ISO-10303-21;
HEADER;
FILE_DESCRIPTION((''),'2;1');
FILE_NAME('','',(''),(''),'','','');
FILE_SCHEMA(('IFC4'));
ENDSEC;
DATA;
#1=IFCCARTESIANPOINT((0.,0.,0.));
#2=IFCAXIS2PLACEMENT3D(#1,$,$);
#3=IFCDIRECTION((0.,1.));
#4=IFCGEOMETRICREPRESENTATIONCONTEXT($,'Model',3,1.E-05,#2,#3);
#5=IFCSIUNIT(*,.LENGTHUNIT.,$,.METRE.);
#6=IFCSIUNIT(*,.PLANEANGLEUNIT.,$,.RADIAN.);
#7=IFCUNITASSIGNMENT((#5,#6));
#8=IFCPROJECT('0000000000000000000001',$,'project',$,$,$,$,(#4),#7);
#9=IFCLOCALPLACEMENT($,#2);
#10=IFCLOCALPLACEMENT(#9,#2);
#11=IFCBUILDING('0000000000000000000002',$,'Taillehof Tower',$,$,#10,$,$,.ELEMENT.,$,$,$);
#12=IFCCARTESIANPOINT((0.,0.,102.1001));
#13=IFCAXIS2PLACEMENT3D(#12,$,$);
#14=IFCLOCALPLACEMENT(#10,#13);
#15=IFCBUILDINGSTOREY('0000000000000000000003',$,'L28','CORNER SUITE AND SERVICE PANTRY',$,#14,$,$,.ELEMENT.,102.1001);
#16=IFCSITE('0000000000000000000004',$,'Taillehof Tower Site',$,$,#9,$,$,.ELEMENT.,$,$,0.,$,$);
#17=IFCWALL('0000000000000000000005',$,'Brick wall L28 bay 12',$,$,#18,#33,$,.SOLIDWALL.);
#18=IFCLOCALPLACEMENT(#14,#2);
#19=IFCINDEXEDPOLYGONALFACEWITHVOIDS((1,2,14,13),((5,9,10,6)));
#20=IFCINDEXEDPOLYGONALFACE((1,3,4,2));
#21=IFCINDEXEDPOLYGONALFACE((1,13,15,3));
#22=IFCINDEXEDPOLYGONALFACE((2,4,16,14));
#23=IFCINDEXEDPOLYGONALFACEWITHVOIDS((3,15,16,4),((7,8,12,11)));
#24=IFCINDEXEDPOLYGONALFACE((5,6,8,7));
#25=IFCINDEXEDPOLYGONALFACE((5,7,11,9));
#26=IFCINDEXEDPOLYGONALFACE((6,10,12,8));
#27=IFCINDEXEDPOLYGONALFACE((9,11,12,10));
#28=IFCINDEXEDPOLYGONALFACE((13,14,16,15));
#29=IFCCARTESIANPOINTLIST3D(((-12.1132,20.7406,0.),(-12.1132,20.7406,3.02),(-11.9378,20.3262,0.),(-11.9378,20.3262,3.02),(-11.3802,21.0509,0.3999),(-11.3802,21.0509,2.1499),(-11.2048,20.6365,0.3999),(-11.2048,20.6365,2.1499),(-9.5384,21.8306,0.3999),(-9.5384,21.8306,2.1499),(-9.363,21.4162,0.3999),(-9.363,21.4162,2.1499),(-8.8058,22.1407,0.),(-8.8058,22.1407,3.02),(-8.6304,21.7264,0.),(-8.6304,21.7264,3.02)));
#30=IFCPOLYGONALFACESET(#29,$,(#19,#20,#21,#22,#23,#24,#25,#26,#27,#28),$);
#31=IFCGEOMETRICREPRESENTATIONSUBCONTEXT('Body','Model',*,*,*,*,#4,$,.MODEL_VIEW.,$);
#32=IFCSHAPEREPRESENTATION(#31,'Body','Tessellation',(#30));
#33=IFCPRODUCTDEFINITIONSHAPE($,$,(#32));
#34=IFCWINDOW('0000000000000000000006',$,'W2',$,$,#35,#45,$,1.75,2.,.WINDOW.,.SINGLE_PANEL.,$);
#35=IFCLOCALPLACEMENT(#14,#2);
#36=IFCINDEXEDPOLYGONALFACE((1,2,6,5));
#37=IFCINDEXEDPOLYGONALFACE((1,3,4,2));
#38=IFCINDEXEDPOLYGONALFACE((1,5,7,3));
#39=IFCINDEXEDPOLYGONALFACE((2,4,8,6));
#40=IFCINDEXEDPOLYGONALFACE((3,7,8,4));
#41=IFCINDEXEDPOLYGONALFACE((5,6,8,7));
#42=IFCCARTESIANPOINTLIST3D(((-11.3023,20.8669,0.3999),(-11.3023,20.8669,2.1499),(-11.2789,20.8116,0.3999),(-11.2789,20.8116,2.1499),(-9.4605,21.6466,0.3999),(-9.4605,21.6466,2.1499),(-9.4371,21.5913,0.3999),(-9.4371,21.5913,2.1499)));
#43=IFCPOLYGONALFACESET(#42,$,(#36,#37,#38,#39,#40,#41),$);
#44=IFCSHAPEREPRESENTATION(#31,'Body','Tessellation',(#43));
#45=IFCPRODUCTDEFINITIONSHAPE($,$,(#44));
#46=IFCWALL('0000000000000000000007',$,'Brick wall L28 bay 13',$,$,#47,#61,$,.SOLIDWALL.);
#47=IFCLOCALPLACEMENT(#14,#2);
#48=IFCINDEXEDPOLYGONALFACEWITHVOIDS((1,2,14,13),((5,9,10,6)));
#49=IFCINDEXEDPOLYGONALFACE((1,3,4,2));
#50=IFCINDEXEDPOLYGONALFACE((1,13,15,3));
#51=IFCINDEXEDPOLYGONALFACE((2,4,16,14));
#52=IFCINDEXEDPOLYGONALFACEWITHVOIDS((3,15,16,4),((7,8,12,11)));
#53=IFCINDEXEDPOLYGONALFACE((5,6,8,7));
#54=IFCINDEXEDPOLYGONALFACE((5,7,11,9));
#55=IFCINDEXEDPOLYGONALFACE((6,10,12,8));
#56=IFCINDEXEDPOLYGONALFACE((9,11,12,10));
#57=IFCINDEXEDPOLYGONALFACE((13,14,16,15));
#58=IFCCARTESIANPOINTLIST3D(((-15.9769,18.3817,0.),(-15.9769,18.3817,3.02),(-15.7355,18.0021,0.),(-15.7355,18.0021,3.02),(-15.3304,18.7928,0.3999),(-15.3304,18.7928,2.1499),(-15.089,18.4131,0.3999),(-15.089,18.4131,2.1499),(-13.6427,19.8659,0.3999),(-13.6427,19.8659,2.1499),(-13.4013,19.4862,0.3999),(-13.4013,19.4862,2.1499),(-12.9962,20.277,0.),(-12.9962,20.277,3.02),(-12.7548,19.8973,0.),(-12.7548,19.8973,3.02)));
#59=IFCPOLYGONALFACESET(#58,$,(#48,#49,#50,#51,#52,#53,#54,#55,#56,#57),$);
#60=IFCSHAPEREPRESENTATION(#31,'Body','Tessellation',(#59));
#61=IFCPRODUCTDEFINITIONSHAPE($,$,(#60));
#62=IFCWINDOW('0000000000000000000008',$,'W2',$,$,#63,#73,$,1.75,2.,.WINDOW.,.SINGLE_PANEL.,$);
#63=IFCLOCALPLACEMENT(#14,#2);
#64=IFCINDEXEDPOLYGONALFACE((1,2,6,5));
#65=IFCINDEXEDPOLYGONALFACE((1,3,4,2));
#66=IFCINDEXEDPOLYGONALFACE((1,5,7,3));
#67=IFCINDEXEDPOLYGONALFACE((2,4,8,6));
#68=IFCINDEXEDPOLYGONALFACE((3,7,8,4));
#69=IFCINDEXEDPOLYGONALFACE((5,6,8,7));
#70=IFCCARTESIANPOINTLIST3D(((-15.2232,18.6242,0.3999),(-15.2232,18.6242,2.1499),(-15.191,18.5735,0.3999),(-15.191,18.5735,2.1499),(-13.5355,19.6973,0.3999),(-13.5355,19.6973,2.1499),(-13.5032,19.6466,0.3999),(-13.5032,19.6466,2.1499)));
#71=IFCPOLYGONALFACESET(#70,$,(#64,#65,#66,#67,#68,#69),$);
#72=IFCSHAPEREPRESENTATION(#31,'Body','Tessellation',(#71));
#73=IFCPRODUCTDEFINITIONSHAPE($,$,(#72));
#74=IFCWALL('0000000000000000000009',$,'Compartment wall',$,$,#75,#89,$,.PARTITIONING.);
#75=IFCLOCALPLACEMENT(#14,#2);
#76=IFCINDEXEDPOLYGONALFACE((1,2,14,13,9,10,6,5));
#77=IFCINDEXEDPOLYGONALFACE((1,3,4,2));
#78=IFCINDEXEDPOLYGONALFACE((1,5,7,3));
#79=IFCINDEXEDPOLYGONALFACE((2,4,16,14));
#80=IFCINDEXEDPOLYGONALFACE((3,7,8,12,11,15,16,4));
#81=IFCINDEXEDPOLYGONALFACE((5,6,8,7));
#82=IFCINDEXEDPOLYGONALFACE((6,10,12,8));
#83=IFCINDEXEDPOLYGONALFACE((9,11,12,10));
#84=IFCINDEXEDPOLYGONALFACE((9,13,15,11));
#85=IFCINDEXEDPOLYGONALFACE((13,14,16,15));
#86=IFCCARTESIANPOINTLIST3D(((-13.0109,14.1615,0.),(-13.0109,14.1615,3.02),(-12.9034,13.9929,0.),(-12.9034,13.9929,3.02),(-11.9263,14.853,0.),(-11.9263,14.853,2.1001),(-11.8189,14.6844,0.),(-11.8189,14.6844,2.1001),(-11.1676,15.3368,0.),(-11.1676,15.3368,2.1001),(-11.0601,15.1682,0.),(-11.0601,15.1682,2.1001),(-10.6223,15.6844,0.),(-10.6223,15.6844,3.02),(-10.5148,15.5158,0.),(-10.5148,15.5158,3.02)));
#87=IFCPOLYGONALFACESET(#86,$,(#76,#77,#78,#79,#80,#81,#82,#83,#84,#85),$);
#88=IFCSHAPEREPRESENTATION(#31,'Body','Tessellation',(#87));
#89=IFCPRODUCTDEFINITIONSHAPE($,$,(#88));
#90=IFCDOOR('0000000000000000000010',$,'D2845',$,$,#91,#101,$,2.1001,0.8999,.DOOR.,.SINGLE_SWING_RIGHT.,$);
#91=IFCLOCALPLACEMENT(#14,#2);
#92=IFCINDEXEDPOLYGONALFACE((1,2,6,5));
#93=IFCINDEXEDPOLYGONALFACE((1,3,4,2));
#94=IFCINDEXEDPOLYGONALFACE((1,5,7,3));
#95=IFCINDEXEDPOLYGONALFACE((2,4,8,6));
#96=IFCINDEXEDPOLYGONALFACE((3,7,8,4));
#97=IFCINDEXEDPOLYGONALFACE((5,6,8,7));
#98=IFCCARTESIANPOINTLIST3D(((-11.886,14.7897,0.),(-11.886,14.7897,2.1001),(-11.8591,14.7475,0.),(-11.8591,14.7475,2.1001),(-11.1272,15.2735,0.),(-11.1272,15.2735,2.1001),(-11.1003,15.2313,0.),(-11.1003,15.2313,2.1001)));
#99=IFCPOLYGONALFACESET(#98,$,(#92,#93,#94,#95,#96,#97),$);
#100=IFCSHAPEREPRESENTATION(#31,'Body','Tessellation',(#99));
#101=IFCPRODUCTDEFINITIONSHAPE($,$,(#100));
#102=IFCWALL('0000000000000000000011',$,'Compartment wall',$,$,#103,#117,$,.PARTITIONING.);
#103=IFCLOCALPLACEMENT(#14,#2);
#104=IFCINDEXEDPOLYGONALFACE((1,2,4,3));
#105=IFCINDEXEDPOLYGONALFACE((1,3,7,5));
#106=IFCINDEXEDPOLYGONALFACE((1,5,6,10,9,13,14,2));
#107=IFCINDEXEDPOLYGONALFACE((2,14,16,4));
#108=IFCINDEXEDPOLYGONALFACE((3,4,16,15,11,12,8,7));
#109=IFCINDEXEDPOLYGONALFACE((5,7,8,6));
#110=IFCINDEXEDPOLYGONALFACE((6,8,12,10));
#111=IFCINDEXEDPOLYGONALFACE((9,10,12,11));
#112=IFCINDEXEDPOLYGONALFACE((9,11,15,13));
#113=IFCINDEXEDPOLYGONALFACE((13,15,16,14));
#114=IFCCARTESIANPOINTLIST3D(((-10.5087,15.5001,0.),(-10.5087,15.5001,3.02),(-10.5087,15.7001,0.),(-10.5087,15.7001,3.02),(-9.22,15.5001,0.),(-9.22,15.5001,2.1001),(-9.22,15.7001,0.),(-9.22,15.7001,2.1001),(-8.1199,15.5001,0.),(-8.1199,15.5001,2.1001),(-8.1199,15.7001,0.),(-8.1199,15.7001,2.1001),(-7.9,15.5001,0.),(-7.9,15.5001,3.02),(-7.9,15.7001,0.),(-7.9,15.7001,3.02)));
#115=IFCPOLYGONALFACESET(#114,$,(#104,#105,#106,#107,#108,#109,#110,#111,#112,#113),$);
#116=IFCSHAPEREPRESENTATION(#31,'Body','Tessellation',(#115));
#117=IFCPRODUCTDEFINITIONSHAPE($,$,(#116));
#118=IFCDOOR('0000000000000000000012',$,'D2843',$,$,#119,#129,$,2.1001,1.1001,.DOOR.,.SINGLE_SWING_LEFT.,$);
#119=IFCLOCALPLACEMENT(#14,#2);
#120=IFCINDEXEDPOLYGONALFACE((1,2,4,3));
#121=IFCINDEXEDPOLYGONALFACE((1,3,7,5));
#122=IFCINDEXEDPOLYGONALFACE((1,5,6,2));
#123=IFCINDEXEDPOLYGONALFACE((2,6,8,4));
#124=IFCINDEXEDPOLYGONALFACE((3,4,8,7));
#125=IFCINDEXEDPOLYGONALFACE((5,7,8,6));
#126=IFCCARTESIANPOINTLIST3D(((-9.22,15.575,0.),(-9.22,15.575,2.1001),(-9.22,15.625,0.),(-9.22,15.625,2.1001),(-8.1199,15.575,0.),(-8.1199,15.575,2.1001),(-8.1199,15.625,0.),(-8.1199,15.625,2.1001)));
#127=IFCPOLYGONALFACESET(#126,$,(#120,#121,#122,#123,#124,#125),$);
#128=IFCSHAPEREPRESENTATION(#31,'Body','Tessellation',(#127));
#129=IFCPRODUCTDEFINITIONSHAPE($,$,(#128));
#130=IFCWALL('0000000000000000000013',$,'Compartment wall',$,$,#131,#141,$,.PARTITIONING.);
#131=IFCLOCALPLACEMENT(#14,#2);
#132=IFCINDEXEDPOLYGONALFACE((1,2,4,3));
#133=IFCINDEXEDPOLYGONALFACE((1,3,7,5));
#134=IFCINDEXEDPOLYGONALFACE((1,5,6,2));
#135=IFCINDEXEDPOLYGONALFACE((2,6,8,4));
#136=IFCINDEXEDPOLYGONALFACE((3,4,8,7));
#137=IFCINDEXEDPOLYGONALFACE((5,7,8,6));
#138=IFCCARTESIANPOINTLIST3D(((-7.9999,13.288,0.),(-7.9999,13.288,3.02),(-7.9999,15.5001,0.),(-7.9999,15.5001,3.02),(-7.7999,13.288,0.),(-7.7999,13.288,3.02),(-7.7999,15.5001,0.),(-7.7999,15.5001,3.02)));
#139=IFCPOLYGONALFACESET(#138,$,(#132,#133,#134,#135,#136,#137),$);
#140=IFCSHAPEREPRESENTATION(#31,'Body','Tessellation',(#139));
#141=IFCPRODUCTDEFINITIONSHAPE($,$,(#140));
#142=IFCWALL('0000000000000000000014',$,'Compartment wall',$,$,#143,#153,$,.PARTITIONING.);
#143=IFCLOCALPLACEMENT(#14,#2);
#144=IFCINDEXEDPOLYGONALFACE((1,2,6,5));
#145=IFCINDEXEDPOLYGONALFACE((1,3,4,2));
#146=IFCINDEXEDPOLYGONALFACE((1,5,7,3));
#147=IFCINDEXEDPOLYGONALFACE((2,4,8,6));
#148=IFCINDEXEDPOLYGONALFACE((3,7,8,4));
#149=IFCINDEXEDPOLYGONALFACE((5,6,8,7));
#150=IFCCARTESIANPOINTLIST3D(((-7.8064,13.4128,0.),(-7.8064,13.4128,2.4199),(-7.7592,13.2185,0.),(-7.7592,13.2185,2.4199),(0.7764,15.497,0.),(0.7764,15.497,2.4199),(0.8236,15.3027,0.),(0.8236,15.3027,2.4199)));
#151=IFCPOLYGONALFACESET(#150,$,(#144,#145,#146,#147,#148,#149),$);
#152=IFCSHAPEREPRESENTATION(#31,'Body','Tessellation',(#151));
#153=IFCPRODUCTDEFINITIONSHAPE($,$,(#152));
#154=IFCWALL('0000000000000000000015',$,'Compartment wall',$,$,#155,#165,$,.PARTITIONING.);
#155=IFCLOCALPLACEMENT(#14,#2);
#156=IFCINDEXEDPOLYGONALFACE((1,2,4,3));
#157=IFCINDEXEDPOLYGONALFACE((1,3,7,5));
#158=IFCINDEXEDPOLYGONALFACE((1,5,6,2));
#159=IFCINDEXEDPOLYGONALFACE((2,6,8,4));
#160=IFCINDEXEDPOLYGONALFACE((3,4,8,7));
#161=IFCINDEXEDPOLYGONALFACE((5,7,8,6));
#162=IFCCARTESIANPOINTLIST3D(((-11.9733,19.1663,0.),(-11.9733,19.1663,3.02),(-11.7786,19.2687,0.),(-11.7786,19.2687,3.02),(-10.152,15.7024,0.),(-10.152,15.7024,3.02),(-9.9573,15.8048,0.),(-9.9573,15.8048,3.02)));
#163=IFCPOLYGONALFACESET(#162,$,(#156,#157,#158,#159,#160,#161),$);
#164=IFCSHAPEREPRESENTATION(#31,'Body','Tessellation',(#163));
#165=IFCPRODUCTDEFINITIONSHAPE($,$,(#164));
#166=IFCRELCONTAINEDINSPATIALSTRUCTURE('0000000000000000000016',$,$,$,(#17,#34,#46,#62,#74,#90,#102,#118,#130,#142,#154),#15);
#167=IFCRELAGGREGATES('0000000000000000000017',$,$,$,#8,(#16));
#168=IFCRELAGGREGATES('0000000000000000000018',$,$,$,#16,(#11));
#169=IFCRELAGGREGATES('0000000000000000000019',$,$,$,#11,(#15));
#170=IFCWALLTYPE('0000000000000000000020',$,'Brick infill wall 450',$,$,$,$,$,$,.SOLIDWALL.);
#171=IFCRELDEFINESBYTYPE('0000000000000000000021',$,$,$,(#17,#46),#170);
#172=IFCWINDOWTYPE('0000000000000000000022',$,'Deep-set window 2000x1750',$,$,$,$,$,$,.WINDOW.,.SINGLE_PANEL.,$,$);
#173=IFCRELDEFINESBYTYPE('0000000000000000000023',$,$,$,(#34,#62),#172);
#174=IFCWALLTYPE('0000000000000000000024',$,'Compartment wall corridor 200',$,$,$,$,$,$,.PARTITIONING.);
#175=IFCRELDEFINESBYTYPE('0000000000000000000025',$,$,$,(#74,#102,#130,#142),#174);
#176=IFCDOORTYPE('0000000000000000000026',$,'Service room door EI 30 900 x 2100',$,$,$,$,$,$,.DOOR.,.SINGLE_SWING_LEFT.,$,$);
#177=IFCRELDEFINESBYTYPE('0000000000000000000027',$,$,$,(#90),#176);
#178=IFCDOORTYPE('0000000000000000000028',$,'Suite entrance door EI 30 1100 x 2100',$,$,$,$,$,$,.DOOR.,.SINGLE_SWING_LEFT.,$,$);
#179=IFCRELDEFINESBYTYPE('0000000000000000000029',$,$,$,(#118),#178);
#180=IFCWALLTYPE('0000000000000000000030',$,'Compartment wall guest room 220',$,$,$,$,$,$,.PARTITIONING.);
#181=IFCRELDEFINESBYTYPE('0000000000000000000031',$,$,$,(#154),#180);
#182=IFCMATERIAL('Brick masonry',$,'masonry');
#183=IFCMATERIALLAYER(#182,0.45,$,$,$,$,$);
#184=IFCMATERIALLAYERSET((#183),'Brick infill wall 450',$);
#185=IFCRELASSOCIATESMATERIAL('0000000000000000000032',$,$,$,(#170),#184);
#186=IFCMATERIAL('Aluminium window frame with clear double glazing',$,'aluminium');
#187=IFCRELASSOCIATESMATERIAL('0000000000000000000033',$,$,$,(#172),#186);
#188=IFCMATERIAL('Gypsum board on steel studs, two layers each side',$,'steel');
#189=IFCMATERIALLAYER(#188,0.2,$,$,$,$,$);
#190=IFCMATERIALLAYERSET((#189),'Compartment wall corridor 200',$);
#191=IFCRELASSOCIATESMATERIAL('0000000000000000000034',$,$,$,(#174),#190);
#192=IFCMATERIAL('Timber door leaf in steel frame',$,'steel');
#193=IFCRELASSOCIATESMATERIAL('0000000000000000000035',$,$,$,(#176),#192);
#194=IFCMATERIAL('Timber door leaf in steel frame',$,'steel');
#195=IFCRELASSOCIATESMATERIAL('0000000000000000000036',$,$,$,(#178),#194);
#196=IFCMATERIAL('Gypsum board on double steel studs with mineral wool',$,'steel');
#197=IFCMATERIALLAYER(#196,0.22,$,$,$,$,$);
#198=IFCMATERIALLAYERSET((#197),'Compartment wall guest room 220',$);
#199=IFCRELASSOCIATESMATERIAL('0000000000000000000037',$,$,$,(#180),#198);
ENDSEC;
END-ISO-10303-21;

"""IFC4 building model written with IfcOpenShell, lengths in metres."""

from ifc_helpers import new_model, si_unit, direction, frame, frame_2d, origin, place, context, subcontext, project, spatial, rectangle, extrude, material, layer, layer_set, type_object, element, fill, save


model = new_model("IFC4")

# Units and contexts
model_context = context("Model", 3, precision=1e-05, world=origin(), true_north=direction((0.0, 1.0)))
body_context = subcontext(model_context, "Body", "Model", "MODEL_VIEW")
ifc_project = project(units=[si_unit("LENGTHUNIT", "METRE"), si_unit("PLANEANGLEUNIT", "RADIAN")], contexts=[model_context])

# Site, building, storey
site_placement = place(None, origin())
site = spatial("IfcSite", under=ifc_project, at=site_placement, Name="Taillehof Tower Site", CompositionType="ELEMENT", RefElevation=0.0)
building_placement = place(site_placement, origin())
building = spatial("IfcBuilding", under=site, at=building_placement, Name="Taillehof Tower", CompositionType="ELEMENT")
storey_placement = place(building_placement, frame((0.0, 0.0, 102.1001)))
storey = spatial("IfcBuildingStorey", under=building, at=storey_placement, Name="L28", Description="CORNER SUITE AND SERVICE PANTRY", CompositionType="ELEMENT", Elevation=102.1001)

# Walls, openings, windows
ifc_material_1 = material(Name="Brick masonry", Category="masonry")
ifc_layer_1 = layer(ifc_material_1, 0.45)
ifc_layer_set_1 = layer_set([ifc_layer_1], Name="Brick infill wall 450")
wall_type_1 = type_object("IfcWallType", Name="Brick infill wall 450", PredefinedType="SOLIDWALL", material=ifc_layer_set_1)
ifc_material_2 = material(Name="Aluminium window frame with clear double glazing", Category="aluminium")
window_type = type_object("IfcWindowType", Name="Deep-set window 2000x1750", PartitioningType="SINGLE_PANEL", PredefinedType="WINDOW", material=ifc_material_2)
wall_1_placement = place(storey_placement, frame((-8.718, 21.9336, 0.0), z_axis=(0.0, 0.0, 1.0), x_axis=(-0.92088, -0.389846, 0.0)))
wall_1 = element("IfcWall", 1, at=wall_1_placement, inside=storey, type_object=wall_type_1, Name="Brick wall L28 bay 12", PredefinedType="SOLIDWALL", context=body_context, shape_type="SweptSolid", body=[
    extrude(rectangle(XDim=3.5916, YDim=0.45, at=frame_2d((1.7959, 0.0))), origin(), (0.0, 0.0, 1.0), 3.02),
])
opening_1_placement = place(wall_1_placement, frame((0.7957, 0.0, 0.3999)))
opening_1 = element("IfcOpeningElement", 2, at=opening_1_placement, cuts=wall_1, PredefinedType="OPENING", context=body_context, shape_type="SweptSolid", body=[
    extrude(rectangle(XDim=2.0, YDim=1.75, at=frame_2d((1.0, 0.875))), frame((0.0, 0.2349, 0.0), z_axis=(0.0, -1.0, 0.0), x_axis=(1.0, 0.0, 0.0)), (0.0, 0.0, 1.0), 0.47),
])
window_1_placement = place(opening_1_placement, origin())
window_1 = element("IfcWindow", 3, at=window_1_placement, inside=storey, type_object=window_type, Name="W2", OverallHeight=1.75, OverallWidth=2.0, PartitioningType="SINGLE_PANEL", PredefinedType="WINDOW", context=body_context, shape_type="SweptSolid", body=[
    extrude(rectangle(XDim=2.0, YDim=1.75, at=frame_2d((1.0, 0.875))), frame((0.0, 0.0349, 0.0), z_axis=(0.0, -1.0, 0.0), x_axis=(1.0, 0.0, 0.0)), (0.0, 0.0, 1.0), 0.0601),
])
fill(opening_1, window_1)
wall_2_placement = place(storey_placement, frame((-12.8755, 20.0872, 0.0), z_axis=(0.0, 0.0, 1.0), x_axis=(-0.843861, -0.536562, 0.0)))
wall_2 = element("IfcWall", 4, at=wall_2_placement, inside=storey, type_object=wall_type_1, Name="Brick wall L28 bay 13", PredefinedType="SOLIDWALL", context=body_context, shape_type="SweptSolid", body=[
    extrude(rectangle(XDim=3.5322, YDim=0.45, at=frame_2d((1.7661, 0.0))), origin(), (0.0, 0.0, 1.0), 3.02),
])
opening_2_placement = place(wall_2_placement, frame((0.7661, 0.0, 0.3999)))
opening_2 = element("IfcOpeningElement", 5, at=opening_2_placement, cuts=wall_2, PredefinedType="OPENING", context=body_context, shape_type="SweptSolid", body=[
    extrude(rectangle(XDim=2.0, YDim=1.75, at=frame_2d((1.0, 0.875))), frame((0.0, 0.2349, 0.0), z_axis=(0.0, -1.0, 0.0), x_axis=(1.0, 0.0, 0.0)), (0.0, 0.0, 1.0), 0.47),
])
window_2_placement = place(opening_2_placement, origin())
window_2 = element("IfcWindow", 6, at=window_2_placement, inside=storey, type_object=window_type, Name="W2", OverallHeight=1.75, OverallWidth=2.0, PartitioningType="SINGLE_PANEL", PredefinedType="WINDOW", context=body_context, shape_type="SweptSolid", body=[
    extrude(rectangle(XDim=2.0, YDim=1.75, at=frame_2d((1.0, 0.875))), frame((0.0, 0.0349, 0.0), z_axis=(0.0, -1.0, 0.0), x_axis=(1.0, 0.0, 0.0)), (0.0, 0.0, 1.0), 0.0601),
])
fill(opening_2, window_2)

# Walls, openings, doors
ifc_material_3 = material(Name="Gypsum board on steel studs, two layers each side", Category="steel")
ifc_layer_2 = layer(ifc_material_3, 0.2)
ifc_layer_set_2 = layer_set([ifc_layer_2], Name="Compartment wall corridor 200")
wall_type_2 = type_object("IfcWallType", Name="Compartment wall corridor 200", PredefinedType="PARTITIONING", material=ifc_layer_set_2)
wall_3_placement = place(storey_placement, frame((-12.9573, 14.0771, 0.0), z_axis=(0.0, 0.0, 1.0), x_axis=(0.8432, 0.5376, 0.0)))
wall_3 = element("IfcWall", 7, at=wall_3_placement, inside=storey, type_object=wall_type_2, Name="Compartment wall", PredefinedType="PARTITIONING", context=body_context, shape_type="SweptSolid", body=[
    extrude(rectangle(XDim=2.8328, YDim=0.2, at=frame_2d((1.4165, 0.0))), origin(), (0.0, 0.0, 1.0), 3.02),
])
opening_3_placement = place(wall_3_placement, frame((1.2864, 0.0, 0.0)))
opening_3 = element("IfcOpeningElement", 8, at=opening_3_placement, cuts=wall_3, PredefinedType="OPENING", context=body_context, shape_type="SweptSolid", body=[
    extrude(rectangle(XDim=0.8999, YDim=2.1001, at=frame_2d((0.45, 1.05))), frame((0.0, 0.1099, 0.0), z_axis=(0.0, -1.0, 0.0), x_axis=(1.0, 0.0, 0.0)), (0.0, 0.0, 1.0), 0.22),
])
ifc_material_4 = material(Name="Timber door leaf in steel frame", Category="steel")
door_type_1 = type_object("IfcDoorType", Name="Service room door EI 30 900 x 2100", OperationType="SINGLE_SWING_LEFT", PredefinedType="DOOR", material=ifc_material_4)
door_1_placement = place(opening_3_placement, origin())
door_1 = element("IfcDoor", 9, at=door_1_placement, inside=storey, type_object=door_type_1, Name="D2845", OperationType="SINGLE_SWING_RIGHT", OverallHeight=2.1001, OverallWidth=0.8999, PredefinedType="DOOR", context=body_context, shape_type="SweptSolid", body=[
    extrude(rectangle(XDim=0.8999, YDim=2.1001, at=frame_2d((0.45, 1.05))), frame((0.0, 0.0249, 0.0), z_axis=(0.0, -1.0, 0.0), x_axis=(1.0, 0.0, 0.0)), (0.0, 0.0, 1.0), 0.05),
])
fill(opening_3, door_1)
wall_4_placement = place(storey_placement, frame((-10.5085, 15.6001, 0.0), z_axis=(0.0, 0.0, 1.0), x_axis=(1.0, 0.0, 0.0)))
wall_4 = element("IfcWall", 10, at=wall_4_placement, inside=storey, type_object=wall_type_2, Name="Compartment wall", PredefinedType="PARTITIONING", context=body_context, shape_type="SweptSolid", body=[
    extrude(rectangle(XDim=2.6086, YDim=0.2, at=frame_2d((1.3042, 0.0))), origin(), (0.0, 0.0, 1.0), 3.02),
])
opening_4_placement = place(wall_4_placement, frame((1.2886, 0.0, 0.0)))
opening_4 = element("IfcOpeningElement", 11, at=opening_4_placement, cuts=wall_4, PredefinedType="OPENING", context=body_context, shape_type="SweptSolid", body=[
    extrude(rectangle(XDim=1.1001, YDim=2.1001, at=frame_2d((0.55, 1.05))), frame((0.0, 0.1099, 0.0), z_axis=(0.0, -1.0, 0.0), x_axis=(1.0, 0.0, 0.0)), (0.0, 0.0, 1.0), 0.22),
])
ifc_material_5 = material(Name="Timber door leaf in steel frame", Category="steel")
door_type_2 = type_object("IfcDoorType", Name="Suite entrance door EI 30 1100 x 2100", OperationType="SINGLE_SWING_LEFT", PredefinedType="DOOR", material=ifc_material_5)
door_2_placement = place(opening_4_placement, origin())
door_2 = element("IfcDoor", 12, at=door_2_placement, inside=storey, type_object=door_type_2, Name="D2843", OperationType="SINGLE_SWING_LEFT", OverallHeight=2.1001, OverallWidth=1.1001, PredefinedType="DOOR", context=body_context, shape_type="SweptSolid", body=[
    extrude(rectangle(XDim=1.1001, YDim=2.1001, at=frame_2d((0.55, 1.05))), frame((0.0, 0.0249, 0.0), z_axis=(0.0, -1.0, 0.0), x_axis=(1.0, 0.0, 0.0)), (0.0, 0.0, 1.0), 0.05),
])
fill(opening_4, door_2)

# Walls
wall_5_placement = place(storey_placement, frame((-7.8999, 15.5, 0.0), z_axis=(0.0, 0.0, 1.0), x_axis=(0.0, -1.0, 0.0)))
element("IfcWall", 13, at=wall_5_placement, inside=storey, type_object=wall_type_2, Name="Compartment wall", PredefinedType="PARTITIONING", context=body_context, shape_type="SweptSolid", body=[
    extrude(rectangle(XDim=2.2122, YDim=0.2, at=frame_2d((1.106, 0.0))), origin(), (0.0, 0.0, 1.0), 3.02),
])
wall_6_placement = place(storey_placement, frame((-7.7827, 13.3157, 0.0), z_axis=(0.0, 0.0, 1.0), x_axis=(0.971758, 0.235981, 0.0)))
element("IfcWall", 14, at=wall_6_placement, inside=storey, type_object=wall_type_2, Name="Compartment wall", PredefinedType="PARTITIONING", context=body_context, shape_type="SweptSolid", body=[
    extrude(rectangle(XDim=8.8323, YDim=0.2, at=frame_2d((4.416, 0.0))), origin(), (0.0, 0.0, 1.0), 2.4199),
])
ifc_material_6 = material(Name="Gypsum board on double steel studs with mineral wool", Category="steel")
ifc_layer_3 = layer(ifc_material_6, 0.22)
ifc_layer_set_3 = layer_set([ifc_layer_3], Name="Compartment wall guest room 220")
wall_type_3 = type_object("IfcWallType", Name="Compartment wall guest room 220", PredefinedType="PARTITIONING", material=ifc_layer_set_3)
wall_7_placement = place(storey_placement, frame((-11.876, 19.2175, 0.0), z_axis=(0.0, 0.0, 1.0), x_axis=(0.465386, -0.885108, 0.0)))
element("IfcWall", 15, at=wall_7_placement, inside=storey, type_object=wall_type_3, Name="Compartment wall", PredefinedType="PARTITIONING", context=body_context, shape_type="SweptSolid", body=[
    extrude(rectangle(XDim=3.9136, YDim=0.22, at=frame_2d((1.9568, 0.0))), origin(), (0.0, 0.0, 1.0), 3.02),
])

save(model, "model.ifc")
